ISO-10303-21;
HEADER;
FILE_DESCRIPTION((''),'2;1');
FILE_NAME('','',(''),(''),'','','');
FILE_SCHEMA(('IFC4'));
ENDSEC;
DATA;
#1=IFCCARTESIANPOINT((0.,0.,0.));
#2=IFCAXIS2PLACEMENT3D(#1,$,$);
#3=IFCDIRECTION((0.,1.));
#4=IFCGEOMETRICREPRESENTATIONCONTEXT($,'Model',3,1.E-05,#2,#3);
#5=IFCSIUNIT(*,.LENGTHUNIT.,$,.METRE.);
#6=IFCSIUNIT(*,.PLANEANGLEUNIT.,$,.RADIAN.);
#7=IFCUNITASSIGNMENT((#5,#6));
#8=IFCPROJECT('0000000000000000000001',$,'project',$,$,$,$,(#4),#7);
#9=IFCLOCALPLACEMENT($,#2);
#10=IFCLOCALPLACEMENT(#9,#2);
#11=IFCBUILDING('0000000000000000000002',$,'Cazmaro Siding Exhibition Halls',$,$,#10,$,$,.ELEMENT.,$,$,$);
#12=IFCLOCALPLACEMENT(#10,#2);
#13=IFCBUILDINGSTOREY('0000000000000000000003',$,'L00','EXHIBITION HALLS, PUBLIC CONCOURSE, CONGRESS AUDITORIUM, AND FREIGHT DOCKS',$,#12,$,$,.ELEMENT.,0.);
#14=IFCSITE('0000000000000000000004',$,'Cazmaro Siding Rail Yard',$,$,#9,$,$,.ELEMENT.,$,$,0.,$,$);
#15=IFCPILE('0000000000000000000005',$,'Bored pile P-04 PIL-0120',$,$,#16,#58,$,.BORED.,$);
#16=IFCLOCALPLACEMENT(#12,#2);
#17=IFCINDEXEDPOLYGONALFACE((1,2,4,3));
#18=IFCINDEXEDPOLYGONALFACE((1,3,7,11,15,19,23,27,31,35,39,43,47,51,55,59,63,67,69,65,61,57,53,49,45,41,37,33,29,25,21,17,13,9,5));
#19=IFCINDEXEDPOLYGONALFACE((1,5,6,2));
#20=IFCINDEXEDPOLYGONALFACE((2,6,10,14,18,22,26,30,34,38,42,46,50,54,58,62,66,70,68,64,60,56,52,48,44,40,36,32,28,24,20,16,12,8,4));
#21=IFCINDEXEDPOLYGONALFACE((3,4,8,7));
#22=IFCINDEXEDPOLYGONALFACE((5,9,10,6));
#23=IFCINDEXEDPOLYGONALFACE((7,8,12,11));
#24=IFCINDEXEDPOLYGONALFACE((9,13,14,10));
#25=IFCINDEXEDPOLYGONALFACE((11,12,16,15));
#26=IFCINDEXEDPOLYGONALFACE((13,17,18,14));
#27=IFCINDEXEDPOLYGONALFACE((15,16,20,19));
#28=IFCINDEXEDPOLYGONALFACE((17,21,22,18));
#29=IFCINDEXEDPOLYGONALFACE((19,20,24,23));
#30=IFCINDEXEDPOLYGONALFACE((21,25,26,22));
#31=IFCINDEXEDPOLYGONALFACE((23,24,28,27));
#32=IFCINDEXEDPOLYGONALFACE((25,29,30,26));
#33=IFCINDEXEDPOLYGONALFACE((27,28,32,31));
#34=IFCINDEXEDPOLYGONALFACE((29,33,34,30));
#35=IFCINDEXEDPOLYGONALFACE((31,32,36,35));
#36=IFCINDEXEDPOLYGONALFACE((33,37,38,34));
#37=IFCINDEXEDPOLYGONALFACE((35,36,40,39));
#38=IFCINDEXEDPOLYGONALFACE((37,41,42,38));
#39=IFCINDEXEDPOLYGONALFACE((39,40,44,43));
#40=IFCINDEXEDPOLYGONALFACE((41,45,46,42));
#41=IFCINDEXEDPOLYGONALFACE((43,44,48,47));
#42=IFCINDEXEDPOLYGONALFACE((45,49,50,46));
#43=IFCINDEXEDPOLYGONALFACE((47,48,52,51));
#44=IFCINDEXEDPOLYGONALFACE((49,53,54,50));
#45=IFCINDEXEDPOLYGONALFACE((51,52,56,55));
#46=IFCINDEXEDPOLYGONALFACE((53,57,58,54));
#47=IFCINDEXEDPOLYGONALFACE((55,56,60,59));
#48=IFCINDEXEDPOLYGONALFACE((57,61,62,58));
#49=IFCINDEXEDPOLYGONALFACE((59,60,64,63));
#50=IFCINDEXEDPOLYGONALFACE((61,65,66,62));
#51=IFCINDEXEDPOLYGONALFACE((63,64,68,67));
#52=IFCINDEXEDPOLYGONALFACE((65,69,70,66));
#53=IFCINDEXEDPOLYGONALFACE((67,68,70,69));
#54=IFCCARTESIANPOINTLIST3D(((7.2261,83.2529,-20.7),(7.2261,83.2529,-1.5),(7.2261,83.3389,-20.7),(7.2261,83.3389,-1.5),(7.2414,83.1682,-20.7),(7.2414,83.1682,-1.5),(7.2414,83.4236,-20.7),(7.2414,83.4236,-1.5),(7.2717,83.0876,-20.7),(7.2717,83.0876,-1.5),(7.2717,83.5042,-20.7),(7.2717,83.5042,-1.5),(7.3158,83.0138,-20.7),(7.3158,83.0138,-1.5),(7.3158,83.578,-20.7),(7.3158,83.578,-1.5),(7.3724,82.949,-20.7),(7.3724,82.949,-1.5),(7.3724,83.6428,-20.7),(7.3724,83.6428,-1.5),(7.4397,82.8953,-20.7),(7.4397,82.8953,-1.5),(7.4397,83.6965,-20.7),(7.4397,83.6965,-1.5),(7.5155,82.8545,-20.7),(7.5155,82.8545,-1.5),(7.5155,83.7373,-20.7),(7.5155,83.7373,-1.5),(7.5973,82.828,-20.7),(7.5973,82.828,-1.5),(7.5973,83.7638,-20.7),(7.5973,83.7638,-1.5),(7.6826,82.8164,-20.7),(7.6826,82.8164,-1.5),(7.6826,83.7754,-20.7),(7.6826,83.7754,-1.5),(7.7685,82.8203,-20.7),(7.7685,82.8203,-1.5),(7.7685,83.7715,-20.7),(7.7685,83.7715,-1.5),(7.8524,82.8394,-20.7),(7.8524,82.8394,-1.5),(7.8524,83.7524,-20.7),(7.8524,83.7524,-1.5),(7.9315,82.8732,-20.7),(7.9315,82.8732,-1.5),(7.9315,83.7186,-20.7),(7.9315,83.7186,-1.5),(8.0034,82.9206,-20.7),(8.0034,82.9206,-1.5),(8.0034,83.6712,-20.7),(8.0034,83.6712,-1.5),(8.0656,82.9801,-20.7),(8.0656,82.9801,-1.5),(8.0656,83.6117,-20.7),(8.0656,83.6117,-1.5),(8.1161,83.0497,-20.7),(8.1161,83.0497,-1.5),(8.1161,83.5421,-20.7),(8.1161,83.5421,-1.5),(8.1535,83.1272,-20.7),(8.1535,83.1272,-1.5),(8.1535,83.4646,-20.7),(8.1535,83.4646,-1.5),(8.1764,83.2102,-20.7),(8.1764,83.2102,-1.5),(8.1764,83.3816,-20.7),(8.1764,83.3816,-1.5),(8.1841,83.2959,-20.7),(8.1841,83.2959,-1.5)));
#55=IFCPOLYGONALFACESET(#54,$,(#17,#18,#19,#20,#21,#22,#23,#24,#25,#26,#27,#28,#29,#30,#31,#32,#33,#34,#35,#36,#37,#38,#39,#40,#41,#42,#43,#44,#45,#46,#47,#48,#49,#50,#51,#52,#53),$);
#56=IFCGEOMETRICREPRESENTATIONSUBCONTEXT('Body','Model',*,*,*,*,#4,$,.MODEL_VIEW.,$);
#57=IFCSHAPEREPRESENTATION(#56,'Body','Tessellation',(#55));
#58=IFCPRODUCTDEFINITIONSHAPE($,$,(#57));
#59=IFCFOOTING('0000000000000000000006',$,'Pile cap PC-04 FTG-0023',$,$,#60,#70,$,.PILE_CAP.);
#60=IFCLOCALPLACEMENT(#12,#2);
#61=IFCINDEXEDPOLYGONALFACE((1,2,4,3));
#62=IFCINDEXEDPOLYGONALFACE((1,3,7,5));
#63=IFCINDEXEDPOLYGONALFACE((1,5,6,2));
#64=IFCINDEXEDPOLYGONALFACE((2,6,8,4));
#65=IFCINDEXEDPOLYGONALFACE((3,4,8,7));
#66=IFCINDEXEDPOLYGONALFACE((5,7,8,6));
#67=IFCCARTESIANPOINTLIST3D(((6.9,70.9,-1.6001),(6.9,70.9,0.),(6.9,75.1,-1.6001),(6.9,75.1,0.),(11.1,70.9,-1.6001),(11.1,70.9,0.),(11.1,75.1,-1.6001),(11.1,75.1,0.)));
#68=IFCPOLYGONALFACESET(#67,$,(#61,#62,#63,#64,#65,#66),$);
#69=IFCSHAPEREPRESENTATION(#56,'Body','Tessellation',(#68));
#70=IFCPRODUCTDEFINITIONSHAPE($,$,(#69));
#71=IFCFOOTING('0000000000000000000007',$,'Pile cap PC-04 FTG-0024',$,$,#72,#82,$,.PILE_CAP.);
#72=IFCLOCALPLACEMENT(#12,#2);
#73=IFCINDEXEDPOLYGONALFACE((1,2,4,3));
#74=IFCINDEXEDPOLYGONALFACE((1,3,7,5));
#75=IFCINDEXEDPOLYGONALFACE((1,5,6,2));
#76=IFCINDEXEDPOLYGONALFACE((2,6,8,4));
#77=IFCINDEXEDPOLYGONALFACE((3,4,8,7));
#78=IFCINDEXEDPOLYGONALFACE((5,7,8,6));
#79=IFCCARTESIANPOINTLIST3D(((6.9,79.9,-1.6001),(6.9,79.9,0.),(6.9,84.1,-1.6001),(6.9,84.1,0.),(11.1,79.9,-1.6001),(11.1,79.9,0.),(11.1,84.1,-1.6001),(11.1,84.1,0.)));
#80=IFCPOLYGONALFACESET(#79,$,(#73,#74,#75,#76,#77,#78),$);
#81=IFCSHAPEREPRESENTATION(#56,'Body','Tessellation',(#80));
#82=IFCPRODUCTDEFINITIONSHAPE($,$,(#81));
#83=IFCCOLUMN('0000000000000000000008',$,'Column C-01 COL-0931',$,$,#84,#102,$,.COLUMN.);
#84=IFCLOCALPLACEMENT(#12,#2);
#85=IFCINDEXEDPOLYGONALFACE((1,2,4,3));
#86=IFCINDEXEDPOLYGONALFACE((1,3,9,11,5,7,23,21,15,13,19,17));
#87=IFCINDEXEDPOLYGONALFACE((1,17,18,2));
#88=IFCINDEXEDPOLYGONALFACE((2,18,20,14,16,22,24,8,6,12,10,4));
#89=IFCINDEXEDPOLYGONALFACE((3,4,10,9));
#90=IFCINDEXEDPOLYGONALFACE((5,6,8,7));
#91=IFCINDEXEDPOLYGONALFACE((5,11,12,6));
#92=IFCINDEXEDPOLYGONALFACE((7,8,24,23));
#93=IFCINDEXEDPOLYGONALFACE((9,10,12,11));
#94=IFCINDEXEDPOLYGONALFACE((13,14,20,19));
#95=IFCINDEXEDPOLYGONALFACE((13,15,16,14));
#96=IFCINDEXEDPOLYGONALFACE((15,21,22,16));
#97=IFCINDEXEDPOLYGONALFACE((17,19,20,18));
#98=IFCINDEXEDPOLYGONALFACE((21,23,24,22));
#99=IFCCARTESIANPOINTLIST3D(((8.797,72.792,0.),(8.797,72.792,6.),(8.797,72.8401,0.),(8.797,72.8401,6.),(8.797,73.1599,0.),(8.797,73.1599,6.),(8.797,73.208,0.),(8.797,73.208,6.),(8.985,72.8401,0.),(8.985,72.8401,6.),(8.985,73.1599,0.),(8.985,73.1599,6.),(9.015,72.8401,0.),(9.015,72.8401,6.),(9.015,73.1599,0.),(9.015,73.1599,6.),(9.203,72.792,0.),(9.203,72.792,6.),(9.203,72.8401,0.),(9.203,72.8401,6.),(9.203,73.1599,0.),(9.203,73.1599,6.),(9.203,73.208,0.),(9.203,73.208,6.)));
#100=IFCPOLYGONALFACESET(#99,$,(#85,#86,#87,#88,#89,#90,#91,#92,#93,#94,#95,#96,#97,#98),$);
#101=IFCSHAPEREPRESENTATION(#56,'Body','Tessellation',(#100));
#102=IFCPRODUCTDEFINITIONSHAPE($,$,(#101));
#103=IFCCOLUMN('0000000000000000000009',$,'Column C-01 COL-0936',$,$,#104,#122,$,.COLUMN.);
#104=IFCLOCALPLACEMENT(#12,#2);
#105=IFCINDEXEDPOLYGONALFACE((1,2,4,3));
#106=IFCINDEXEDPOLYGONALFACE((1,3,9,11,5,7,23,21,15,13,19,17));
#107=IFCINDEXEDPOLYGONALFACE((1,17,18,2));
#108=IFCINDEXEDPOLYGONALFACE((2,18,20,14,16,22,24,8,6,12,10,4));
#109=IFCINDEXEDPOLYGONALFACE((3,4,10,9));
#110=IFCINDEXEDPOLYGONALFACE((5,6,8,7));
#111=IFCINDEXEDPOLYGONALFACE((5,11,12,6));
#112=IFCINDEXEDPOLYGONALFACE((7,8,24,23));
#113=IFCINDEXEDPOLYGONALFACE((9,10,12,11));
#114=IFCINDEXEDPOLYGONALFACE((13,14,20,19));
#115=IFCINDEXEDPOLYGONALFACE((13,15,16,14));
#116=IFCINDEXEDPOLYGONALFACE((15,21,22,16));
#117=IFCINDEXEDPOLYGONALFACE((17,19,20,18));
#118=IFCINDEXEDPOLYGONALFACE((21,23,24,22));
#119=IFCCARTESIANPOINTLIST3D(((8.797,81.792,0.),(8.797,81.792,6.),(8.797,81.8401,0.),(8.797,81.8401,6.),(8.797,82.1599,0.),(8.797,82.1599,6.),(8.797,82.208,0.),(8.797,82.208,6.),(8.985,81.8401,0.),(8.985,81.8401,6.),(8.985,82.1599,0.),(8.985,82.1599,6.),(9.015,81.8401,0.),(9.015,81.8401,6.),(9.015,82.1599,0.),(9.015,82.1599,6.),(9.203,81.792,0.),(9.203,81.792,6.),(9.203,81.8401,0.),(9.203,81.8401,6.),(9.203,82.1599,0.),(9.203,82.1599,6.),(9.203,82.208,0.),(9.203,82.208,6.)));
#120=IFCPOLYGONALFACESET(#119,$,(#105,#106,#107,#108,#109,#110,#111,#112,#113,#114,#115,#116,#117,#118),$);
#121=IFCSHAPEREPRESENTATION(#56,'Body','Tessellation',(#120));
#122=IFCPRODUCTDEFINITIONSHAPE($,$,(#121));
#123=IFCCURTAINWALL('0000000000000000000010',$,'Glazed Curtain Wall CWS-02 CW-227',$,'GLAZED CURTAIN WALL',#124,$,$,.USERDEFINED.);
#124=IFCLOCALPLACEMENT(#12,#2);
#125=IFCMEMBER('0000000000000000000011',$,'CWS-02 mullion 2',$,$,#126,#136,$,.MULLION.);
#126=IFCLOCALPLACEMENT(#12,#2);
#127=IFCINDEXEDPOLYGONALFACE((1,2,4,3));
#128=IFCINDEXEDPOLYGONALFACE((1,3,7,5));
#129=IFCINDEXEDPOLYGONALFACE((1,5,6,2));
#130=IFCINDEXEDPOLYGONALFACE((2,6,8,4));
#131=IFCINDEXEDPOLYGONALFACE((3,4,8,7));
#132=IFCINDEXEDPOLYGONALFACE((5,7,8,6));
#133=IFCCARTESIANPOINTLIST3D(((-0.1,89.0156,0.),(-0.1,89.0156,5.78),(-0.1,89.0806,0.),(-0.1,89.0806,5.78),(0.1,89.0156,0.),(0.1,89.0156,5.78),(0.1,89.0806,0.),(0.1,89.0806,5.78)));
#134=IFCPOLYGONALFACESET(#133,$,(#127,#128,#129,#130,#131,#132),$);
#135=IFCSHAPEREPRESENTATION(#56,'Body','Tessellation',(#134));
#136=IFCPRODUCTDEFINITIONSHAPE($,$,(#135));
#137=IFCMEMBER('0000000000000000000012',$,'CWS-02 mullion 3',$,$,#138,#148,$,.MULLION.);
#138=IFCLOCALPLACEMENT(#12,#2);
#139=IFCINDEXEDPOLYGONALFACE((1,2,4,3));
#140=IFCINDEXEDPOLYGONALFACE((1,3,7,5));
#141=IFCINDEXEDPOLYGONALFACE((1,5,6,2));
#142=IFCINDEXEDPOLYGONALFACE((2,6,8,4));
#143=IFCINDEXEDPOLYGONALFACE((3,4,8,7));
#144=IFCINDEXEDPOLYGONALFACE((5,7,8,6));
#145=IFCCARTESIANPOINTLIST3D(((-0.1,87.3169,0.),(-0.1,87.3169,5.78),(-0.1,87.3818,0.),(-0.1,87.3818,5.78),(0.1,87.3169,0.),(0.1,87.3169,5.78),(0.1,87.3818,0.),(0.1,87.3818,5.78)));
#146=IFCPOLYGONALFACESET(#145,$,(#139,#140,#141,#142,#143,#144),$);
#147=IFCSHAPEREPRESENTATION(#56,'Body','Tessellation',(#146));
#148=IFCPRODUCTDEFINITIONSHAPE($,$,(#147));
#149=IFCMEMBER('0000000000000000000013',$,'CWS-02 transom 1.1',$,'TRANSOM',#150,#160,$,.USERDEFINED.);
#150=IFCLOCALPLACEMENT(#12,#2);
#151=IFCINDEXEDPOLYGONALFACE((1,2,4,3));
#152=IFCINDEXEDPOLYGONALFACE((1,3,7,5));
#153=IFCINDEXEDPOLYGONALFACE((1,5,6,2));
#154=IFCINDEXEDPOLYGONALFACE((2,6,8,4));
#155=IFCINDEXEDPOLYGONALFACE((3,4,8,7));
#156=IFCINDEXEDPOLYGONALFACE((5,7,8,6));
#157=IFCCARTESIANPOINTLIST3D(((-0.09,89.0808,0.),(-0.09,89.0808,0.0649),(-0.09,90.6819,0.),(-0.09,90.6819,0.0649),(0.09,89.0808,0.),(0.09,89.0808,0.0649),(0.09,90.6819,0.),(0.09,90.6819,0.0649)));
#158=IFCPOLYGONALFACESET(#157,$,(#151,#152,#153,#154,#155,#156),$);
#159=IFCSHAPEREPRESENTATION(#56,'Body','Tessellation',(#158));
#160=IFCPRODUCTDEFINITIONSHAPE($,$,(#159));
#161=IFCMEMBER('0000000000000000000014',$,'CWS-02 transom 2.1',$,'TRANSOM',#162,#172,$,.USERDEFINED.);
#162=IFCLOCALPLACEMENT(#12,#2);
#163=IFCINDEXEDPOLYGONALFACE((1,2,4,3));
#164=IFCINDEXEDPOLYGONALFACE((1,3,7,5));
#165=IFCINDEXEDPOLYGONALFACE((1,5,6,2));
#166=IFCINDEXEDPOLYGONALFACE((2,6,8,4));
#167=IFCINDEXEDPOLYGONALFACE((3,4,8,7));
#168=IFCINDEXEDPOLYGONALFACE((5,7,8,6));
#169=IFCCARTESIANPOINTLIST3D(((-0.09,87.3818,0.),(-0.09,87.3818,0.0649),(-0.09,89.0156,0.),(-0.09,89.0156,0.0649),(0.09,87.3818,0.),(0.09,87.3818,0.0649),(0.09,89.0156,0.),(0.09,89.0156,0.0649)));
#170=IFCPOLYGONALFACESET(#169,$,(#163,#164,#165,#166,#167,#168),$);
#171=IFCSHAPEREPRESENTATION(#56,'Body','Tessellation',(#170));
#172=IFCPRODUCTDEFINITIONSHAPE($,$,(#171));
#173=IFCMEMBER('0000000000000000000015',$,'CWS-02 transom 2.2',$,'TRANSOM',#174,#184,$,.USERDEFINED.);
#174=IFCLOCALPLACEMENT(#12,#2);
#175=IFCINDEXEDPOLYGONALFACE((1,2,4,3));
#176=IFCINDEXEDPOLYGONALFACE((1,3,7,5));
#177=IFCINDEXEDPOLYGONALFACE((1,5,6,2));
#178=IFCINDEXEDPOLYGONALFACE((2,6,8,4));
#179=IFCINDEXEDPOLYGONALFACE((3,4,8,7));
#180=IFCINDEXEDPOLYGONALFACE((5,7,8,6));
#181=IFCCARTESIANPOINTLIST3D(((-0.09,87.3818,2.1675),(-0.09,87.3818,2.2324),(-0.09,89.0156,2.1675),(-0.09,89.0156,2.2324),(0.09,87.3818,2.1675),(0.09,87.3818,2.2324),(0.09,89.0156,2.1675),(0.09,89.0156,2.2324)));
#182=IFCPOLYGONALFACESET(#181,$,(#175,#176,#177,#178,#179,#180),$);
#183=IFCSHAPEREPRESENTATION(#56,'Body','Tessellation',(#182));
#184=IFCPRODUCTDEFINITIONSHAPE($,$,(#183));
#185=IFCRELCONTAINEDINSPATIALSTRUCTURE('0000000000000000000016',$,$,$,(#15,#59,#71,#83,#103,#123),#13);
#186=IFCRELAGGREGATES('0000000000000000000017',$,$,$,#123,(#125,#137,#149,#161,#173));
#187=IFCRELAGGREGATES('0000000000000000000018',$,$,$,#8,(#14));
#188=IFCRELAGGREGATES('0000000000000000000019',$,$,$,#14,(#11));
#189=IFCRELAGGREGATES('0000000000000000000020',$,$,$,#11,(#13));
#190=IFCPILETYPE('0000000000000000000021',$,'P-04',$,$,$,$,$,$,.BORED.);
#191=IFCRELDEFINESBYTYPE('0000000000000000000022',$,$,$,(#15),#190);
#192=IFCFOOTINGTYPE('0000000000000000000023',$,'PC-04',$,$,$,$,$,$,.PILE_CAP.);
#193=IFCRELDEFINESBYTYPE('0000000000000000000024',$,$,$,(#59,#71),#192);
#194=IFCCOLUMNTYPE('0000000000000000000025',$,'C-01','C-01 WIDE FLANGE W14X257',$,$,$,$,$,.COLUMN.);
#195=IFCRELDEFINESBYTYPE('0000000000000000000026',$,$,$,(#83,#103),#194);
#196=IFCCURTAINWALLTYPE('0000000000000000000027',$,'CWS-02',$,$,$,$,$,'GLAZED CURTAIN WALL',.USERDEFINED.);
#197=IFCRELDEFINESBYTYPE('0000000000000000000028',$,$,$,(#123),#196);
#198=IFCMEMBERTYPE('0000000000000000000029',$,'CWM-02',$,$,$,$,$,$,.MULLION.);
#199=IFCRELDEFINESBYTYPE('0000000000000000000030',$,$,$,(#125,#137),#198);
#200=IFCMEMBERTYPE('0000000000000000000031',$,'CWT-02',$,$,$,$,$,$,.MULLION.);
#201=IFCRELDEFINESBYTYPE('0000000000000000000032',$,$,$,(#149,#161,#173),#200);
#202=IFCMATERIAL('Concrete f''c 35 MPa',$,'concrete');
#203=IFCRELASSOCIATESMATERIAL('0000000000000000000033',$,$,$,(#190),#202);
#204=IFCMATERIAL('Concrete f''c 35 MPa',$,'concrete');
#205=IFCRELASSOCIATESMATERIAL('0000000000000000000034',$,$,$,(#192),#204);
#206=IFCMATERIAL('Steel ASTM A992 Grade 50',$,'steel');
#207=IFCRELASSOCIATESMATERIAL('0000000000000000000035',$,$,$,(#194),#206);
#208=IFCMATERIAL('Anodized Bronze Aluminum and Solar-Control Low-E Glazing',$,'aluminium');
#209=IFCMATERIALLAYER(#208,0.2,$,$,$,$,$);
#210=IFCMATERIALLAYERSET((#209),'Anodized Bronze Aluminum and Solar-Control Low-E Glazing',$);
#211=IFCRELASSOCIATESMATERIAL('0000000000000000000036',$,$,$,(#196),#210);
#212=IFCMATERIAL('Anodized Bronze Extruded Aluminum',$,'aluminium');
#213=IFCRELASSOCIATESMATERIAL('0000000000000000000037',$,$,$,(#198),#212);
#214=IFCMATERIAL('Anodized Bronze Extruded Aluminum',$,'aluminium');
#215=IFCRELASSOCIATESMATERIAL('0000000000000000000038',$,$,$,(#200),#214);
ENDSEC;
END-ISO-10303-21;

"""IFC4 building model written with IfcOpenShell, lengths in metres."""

from ifc_helpers import new_model, si_unit, direction, frame, origin, origin_2d, place, context, subcontext, project, spatial, rectangle, circle, i_section, extrude, material, layer, layer_set, material_profile, profile_set, type_object, element, aggregate, save


model = new_model("IFC4")

# Units and contexts
model_context = context("Model", 3, precision=1e-05, world=origin(), true_north=direction((0.0, 1.0)))
body_context = subcontext(model_context, "Body", "Model", "MODEL_VIEW")
ifc_project = project(units=[si_unit("LENGTHUNIT", "METRE"), si_unit("PLANEANGLEUNIT", "RADIAN")], contexts=[model_context])

# Site, building, storey
site_placement = place(None, origin())
site = spatial("IfcSite", under=ifc_project, at=site_placement, Name="Cazmaro Siding Rail Yard", CompositionType="ELEMENT", RefElevation=0.0)
building_placement = place(site_placement, origin())
building = spatial("IfcBuilding", under=site, at=building_placement, Name="Cazmaro Siding Exhibition Halls", CompositionType="ELEMENT")
storey_placement = place(building_placement, origin())
storey = spatial("IfcBuildingStorey", under=building, at=storey_placement, Name="L00", Description="EXHIBITION HALLS, PUBLIC CONCOURSE, CONGRESS AUDITORIUM, AND FREIGHT DOCKS", CompositionType="ELEMENT", Elevation=0.0)

# Pile
ifc_material_1 = material(Name="Concrete f'c 35 MPa", Category="concrete")
ifc_material_profile_1 = material_profile(ifc_material_1, circle(Radius=0.48, at=origin_2d()), Name="CIDH-960")
ifc_profile_set_1 = profile_set([ifc_material_profile_1], Name="Concrete f'c 35 MPa")
pile_type = type_object("IfcPileType", Name="P-04", PredefinedType="BORED", material=ifc_profile_set_1)
for number, where, z_axis, x_axis, name in (
    (1, (7.7041, 83.2959, -1.5), (0.0, 0.0, -1.0), (1.0, 0.0, 0.0), "Bored pile P-04 PIL-0120"),
):
    element("IfcPile", number, at=place(storey_placement, frame(where, z_axis=z_axis, x_axis=x_axis)), inside=storey, type_object=pile_type, Name=name, PredefinedType="BORED", context=body_context, shape_type="SweptSolid", body=[
        extrude(circle(Radius=0.48, at=origin_2d()), origin(), (0.0, 0.0, 1.0), 19.2),
    ])

# Footings
ifc_material_2 = material(Name="Concrete f'c 35 MPa", Category="concrete")
footing_type = type_object("IfcFootingType", Name="PC-04", PredefinedType="PILE_CAP", material=ifc_material_2)
for number, where, z_axis, x_axis, name in (
    (2, (9.0, 73.0, -1.6001), (0.0, 0.0, 1.0), (1.0, 0.0, 0.0), "Pile cap PC-04 FTG-0023"),
    (3, (9.0, 82.0, -1.6001), (0.0, 0.0, 1.0), (1.0, 0.0, 0.0), "Pile cap PC-04 FTG-0024"),
):
    element("IfcFooting", number, at=place(storey_placement, frame(where, z_axis=z_axis, x_axis=x_axis)), inside=storey, type_object=footing_type, Name=name, PredefinedType="PILE_CAP", context=body_context, shape_type="SweptSolid", body=[
        extrude(rectangle(XDim=4.2, YDim=4.2, at=origin_2d()), origin(), (0.0, 0.0, 1.0), 1.6001),
    ])

# Columns
ifc_material_3 = material(Name="Steel ASTM A992 Grade 50", Category="steel")
ifc_material_profile_2 = material_profile(ifc_material_3, i_section(OverallWidth=0.406, OverallDepth=0.416, WebThickness=0.03, FlangeThickness=0.0481, at=origin_2d()), Name="W14X257")
ifc_profile_set_2 = profile_set([ifc_material_profile_2], Name="Steel ASTM A992 Grade 50")
column_type = type_object("IfcColumnType", Name="C-01", Description="C-01 WIDE FLANGE W14X257", PredefinedType="COLUMN", material=ifc_profile_set_2)
for number, where, z_axis, x_axis, name in (
    (4, (9.0, 73.0, 0.0), (0.0, 0.0, 1.0), (1.0, 0.0, 0.0), "Column C-01 COL-0931"),
    (5, (9.0, 82.0, 0.0), (0.0, 0.0, 1.0), (1.0, 0.0, 0.0), "Column C-01 COL-0936"),
):
    element("IfcColumn", number, at=place(storey_placement, frame(where, z_axis=z_axis, x_axis=x_axis)), inside=storey, type_object=column_type, Name=name, PredefinedType="COLUMN", context=body_context, shape_type="SweptSolid", body=[
        extrude(i_section(OverallWidth=0.406, OverallDepth=0.416, WebThickness=0.03, FlangeThickness=0.0481, at=origin_2d()), origin(), (0.0, 0.0, 1.0), 6.0),
    ])

# Curtain wall, members
ifc_material_4 = material(Name="Anodized Bronze Aluminum and Solar-Control Low-E Glazing", Category="aluminium")
ifc_layer_1 = layer(ifc_material_4, 0.2)
ifc_layer_set_1 = layer_set([ifc_layer_1], Name="Anodized Bronze Aluminum and Solar-Control Low-E Glazing")
curtain_wall_type = type_object("IfcCurtainWallType", Name="CWS-02", ElementType="GLAZED CURTAIN WALL", PredefinedType="USERDEFINED", material=ifc_layer_set_1)
curtain_wall_placement = place(storey_placement, origin())
curtain_wall = element("IfcCurtainWall", 6, at=curtain_wall_placement, inside=storey, type_object=curtain_wall_type, Name="Glazed Curtain Wall CWS-02 CW-227", ObjectType="GLAZED CURTAIN WALL", PredefinedType="USERDEFINED")
ifc_material_5 = material(Name="Anodized Bronze Extruded Aluminum", Category="aluminium")
ifc_material_profile_3 = material_profile(ifc_material_5, rectangle(XDim=0.2, YDim=0.0649, at=origin_2d()), Name="CWM-02")
ifc_profile_set_3 = profile_set([ifc_material_profile_3], Name="Anodized Bronze Extruded Aluminum")
member_type_1 = type_object("IfcMemberType", Name="CWM-02", PredefinedType="MULLION", material=ifc_profile_set_3)
member_1_placement = place(storey_placement, frame((0.0, 89.0481, 0.0), z_axis=(0.0, 0.0, 1.0), x_axis=(1.0, 0.0, 0.0)))
member_1 = element("IfcMember", 7, at=member_1_placement, type_object=member_type_1, Name="CWS-02 mullion 2", PredefinedType="MULLION", context=body_context, shape_type="SweptSolid", body=[
    extrude(rectangle(XDim=0.2, YDim=0.0649, at=origin_2d()), origin(), (0.0, 0.0, 1.0), 5.78),
])
member_2_placement = place(storey_placement, frame((0.0, 87.3494, 0.0), z_axis=(0.0, 0.0, 1.0), x_axis=(1.0, 0.0, 0.0)))
member_2 = element("IfcMember", 8, at=member_2_placement, type_object=member_type_1, Name="CWS-02 mullion 3", PredefinedType="MULLION", context=body_context, shape_type="SweptSolid", body=[
    extrude(rectangle(XDim=0.2, YDim=0.0649, at=origin_2d()), origin(), (0.0, 0.0, 1.0), 5.78),
])
ifc_material_6 = material(Name="Anodized Bronze Extruded Aluminum", Category="aluminium")
ifc_material_profile_4 = material_profile(ifc_material_6, rectangle(XDim=0.1799, YDim=0.0649, at=origin_2d()), Name="CWT-02")
ifc_profile_set_4 = profile_set([ifc_material_profile_4], Name="Anodized Bronze Extruded Aluminum")
member_type_2 = type_object("IfcMemberType", Name="CWT-02", PredefinedType="MULLION", material=ifc_profile_set_4)
member_3_placement = place(storey_placement, frame((0.0, 90.6819, 0.0325), z_axis=(0.0, -1.0, 0.0), x_axis=(1.0, 0.0, 0.0)))
member_3 = element("IfcMember", 9, at=member_3_placement, type_object=member_type_2, Name="CWS-02 transom 1.1", ObjectType="TRANSOM", PredefinedType="USERDEFINED", context=body_context, shape_type="SweptSolid", body=[
    extrude(rectangle(XDim=0.1799, YDim=0.0649, at=origin_2d()), origin(), (0.0, 0.0, 1.0), 1.6011),
])
member_4_placement = place(storey_placement, frame((0.0, 89.0156, 0.0325), z_axis=(0.0, -1.0, 0.0), x_axis=(1.0, 0.0, 0.0)))
member_4 = element("IfcMember", 10, at=member_4_placement, type_object=member_type_2, Name="CWS-02 transom 2.1", ObjectType="TRANSOM", PredefinedType="USERDEFINED", context=body_context, shape_type="SweptSolid", body=[
    extrude(rectangle(XDim=0.1799, YDim=0.0649, at=origin_2d()), origin(), (0.0, 0.0, 1.0), 1.6338),
])
member_5_placement = place(storey_placement, frame((0.0, 89.0156, 2.2), z_axis=(0.0, -1.0, 0.0), x_axis=(1.0, 0.0, 0.0)))
member_5 = element("IfcMember", 11, at=member_5_placement, type_object=member_type_2, Name="CWS-02 transom 2.2", ObjectType="TRANSOM", PredefinedType="USERDEFINED", context=body_context, shape_type="SweptSolid", body=[
    extrude(rectangle(XDim=0.1799, YDim=0.0649, at=origin_2d()), origin(), (0.0, 0.0, 1.0), 1.6338),
])

aggregate(curtain_wall, [member_1, member_2, member_3, member_4, member_5])

save(model, "model.ifc")
